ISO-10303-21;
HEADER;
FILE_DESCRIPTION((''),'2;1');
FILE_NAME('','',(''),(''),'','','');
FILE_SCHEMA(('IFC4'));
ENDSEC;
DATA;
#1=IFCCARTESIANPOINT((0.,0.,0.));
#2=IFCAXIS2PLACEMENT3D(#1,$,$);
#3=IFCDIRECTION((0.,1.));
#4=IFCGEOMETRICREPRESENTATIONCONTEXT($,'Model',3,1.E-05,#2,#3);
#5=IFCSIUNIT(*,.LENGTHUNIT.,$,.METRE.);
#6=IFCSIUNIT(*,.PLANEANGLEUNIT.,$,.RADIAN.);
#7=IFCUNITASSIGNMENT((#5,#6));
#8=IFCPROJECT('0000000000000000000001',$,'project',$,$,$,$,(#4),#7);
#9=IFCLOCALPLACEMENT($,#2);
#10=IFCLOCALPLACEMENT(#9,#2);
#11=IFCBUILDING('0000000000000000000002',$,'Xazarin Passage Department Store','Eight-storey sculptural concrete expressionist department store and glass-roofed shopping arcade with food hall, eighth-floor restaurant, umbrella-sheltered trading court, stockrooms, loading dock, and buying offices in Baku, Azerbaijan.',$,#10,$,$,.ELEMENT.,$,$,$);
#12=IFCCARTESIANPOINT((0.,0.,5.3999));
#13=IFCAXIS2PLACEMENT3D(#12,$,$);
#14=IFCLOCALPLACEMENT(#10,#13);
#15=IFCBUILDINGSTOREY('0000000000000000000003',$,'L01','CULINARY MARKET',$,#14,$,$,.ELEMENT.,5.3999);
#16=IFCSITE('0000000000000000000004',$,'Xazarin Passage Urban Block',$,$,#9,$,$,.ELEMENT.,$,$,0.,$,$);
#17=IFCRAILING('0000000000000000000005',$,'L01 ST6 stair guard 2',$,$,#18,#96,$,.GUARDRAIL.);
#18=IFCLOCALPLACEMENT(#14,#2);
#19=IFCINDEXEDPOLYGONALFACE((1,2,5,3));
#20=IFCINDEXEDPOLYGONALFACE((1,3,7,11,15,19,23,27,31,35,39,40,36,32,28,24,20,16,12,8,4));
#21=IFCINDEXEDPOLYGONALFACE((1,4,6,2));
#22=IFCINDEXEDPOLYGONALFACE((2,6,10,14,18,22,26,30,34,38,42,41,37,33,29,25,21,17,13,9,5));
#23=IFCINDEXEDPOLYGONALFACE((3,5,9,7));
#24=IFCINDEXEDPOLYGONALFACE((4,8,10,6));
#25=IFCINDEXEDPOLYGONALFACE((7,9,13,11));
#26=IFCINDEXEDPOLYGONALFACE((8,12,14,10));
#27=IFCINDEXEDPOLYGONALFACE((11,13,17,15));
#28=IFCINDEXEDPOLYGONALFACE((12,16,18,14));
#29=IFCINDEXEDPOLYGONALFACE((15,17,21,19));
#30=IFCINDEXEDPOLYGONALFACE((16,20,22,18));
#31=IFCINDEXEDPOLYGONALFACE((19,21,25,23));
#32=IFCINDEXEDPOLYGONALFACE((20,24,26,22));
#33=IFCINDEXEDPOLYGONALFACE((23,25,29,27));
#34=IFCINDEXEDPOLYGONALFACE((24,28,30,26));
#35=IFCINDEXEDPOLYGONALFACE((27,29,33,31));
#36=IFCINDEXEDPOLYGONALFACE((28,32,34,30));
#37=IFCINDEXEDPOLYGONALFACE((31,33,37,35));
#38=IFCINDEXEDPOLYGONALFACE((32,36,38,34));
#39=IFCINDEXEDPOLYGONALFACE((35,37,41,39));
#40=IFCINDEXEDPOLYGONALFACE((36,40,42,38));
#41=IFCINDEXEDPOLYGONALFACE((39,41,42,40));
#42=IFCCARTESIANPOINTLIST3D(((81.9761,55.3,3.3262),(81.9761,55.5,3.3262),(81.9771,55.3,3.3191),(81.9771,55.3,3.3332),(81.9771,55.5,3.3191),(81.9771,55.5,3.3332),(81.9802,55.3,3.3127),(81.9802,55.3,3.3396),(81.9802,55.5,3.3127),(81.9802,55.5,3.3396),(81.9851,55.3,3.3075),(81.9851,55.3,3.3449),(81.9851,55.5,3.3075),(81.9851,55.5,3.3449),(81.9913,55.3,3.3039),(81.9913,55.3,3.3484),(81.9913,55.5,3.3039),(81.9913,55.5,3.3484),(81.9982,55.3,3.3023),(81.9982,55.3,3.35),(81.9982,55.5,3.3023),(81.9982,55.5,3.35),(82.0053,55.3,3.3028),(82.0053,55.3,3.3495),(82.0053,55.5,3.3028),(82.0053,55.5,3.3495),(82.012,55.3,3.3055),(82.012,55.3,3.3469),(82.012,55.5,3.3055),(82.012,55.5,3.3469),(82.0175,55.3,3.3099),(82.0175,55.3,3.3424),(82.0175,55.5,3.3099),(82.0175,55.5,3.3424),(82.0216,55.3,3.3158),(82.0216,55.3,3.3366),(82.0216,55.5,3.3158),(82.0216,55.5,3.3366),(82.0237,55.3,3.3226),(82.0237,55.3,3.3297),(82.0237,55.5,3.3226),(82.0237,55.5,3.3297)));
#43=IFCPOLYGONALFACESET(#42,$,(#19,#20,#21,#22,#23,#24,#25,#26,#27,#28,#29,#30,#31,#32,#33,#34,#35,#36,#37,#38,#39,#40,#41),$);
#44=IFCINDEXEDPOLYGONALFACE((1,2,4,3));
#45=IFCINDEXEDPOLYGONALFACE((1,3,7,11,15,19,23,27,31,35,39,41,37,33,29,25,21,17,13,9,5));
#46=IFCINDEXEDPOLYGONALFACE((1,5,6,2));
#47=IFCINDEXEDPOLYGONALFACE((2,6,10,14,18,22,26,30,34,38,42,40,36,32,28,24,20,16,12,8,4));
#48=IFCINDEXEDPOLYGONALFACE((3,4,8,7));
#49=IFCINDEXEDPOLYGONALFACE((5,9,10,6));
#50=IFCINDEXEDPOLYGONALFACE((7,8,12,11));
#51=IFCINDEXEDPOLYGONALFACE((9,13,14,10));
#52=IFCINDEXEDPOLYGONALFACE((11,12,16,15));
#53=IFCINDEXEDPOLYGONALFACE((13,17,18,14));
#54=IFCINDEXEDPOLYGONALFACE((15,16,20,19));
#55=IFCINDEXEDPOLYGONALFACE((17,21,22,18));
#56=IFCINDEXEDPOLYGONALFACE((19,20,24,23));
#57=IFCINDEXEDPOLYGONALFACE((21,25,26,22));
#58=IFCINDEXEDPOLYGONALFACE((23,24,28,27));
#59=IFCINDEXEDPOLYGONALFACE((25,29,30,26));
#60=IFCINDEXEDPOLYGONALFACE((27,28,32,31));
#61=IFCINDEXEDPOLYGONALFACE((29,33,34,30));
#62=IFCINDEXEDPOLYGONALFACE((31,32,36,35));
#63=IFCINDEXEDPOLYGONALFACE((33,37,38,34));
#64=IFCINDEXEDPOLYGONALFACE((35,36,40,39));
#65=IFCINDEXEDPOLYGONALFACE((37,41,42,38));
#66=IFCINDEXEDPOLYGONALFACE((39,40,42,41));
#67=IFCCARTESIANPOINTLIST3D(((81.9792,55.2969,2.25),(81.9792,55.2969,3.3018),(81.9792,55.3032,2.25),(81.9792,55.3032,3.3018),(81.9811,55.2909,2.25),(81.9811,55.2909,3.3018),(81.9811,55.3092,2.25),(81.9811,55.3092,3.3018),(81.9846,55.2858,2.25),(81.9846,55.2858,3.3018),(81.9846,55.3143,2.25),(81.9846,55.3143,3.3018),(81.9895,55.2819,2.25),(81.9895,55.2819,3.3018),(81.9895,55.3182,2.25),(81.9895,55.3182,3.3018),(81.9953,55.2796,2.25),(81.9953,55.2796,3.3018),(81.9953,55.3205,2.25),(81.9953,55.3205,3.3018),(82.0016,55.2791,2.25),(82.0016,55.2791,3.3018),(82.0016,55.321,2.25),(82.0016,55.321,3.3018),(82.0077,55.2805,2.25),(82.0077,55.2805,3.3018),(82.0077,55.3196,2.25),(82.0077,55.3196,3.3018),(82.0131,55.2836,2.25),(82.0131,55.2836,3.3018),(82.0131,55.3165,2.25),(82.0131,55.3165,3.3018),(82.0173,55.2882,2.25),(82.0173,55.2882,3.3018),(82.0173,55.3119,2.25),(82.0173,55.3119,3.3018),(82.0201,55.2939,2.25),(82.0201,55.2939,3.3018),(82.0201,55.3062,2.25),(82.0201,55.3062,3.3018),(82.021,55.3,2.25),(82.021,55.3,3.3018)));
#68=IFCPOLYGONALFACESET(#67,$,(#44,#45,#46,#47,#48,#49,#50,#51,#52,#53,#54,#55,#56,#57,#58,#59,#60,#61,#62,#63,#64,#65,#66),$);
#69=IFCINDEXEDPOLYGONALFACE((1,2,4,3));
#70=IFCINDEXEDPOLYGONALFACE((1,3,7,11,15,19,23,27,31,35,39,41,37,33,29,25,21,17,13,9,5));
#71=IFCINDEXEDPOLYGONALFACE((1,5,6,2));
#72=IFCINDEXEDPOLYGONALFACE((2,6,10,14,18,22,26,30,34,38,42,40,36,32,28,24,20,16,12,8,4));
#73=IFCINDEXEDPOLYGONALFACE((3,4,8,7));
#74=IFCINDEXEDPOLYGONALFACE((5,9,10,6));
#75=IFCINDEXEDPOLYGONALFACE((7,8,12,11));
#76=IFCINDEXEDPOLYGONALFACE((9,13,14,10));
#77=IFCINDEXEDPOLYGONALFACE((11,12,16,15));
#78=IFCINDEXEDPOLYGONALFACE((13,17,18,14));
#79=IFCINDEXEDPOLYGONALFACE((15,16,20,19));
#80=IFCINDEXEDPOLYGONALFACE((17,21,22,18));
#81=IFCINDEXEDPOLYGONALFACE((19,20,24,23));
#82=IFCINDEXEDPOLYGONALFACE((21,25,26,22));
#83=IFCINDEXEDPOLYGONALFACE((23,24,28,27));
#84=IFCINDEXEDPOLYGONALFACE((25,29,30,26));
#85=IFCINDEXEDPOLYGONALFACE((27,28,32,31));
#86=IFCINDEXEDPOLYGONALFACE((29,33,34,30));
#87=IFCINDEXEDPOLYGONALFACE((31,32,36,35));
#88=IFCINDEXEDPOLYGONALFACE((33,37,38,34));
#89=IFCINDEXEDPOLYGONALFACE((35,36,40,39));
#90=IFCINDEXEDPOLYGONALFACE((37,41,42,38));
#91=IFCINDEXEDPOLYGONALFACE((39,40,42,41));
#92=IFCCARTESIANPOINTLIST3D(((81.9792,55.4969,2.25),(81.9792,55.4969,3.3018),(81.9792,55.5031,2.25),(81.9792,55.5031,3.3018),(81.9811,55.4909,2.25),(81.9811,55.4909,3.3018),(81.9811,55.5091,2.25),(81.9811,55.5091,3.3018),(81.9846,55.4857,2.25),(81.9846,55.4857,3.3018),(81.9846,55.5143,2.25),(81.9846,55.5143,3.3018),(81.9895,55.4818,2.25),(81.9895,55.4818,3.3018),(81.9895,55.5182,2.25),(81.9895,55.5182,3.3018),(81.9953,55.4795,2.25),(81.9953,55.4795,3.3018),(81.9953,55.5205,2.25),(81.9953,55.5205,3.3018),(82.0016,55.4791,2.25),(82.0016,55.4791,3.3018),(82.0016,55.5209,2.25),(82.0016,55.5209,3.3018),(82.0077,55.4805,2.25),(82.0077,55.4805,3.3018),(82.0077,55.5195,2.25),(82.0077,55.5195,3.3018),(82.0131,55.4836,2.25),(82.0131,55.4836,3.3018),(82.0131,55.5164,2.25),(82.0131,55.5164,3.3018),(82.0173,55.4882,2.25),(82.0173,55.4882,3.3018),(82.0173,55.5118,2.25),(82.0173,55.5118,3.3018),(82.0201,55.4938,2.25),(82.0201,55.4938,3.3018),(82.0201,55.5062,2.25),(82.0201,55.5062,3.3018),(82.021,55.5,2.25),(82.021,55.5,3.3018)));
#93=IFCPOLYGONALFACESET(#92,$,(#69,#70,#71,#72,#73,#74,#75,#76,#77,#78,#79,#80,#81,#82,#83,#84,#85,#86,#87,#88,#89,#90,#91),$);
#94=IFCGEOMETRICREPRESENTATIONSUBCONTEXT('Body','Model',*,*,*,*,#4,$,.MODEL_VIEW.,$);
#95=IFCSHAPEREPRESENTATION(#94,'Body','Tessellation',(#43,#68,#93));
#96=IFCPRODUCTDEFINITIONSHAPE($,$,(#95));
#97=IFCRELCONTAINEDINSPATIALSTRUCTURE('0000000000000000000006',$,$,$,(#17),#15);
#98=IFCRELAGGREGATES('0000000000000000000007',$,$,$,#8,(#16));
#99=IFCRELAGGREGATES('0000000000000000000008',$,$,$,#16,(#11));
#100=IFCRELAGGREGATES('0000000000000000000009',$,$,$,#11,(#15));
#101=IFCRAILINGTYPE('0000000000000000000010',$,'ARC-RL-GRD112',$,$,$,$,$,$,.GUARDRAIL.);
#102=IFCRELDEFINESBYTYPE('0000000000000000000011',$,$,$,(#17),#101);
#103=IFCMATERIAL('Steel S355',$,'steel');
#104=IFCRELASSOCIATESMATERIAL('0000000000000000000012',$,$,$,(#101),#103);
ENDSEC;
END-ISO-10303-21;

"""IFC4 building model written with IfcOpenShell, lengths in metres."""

from ifc_helpers import new_model, si_unit, direction, frame, origin, origin_2d, place, context, subcontext, project, spatial, circle, extrude, material, type_object, element, save


model = new_model("IFC4")

# Units and contexts
model_context = context("Model", 3, precision=1e-05, world=origin(), true_north=direction((0.0, 1.0)))
body_context = subcontext(model_context, "Body", "Model", "MODEL_VIEW")
ifc_project = project(units=[si_unit("LENGTHUNIT", "METRE"), si_unit("PLANEANGLEUNIT", "RADIAN")], contexts=[model_context])

# Site, building, storey
site_placement = place(None, origin())
site = spatial("IfcSite", under=ifc_project, at=site_placement, Name="Xazarin Passage Urban Block", CompositionType="ELEMENT", RefElevation=0.0)
building_placement = place(site_placement, origin())
building = spatial("IfcBuilding", under=site, at=building_placement, Name="Xazarin Passage Department Store", Description="Eight-storey sculptural concrete expressionist department store and glass-roofed shopping arcade with food hall, eighth-floor restaurant, umbrella-sheltered trading court, stockrooms, loading dock, and buying offices in Baku, Azerbaijan.", CompositionType="ELEMENT")
storey_placement = place(building_placement, frame((0.0, 0.0, 5.3999)))
storey = spatial("IfcBuildingStorey", under=building, at=storey_placement, Name="L01", Description="CULINARY MARKET", CompositionType="ELEMENT", Elevation=5.3999)

# Shared definitions
ifc_material_1 = material(Name="Steel S355", Category="steel")

# Railing
railing_type_1 = type_object("IfcRailingType", Name="ARC-RL-GRD112", PredefinedType="GUARDRAIL", material=ifc_material_1)
railing_1_placement = place(storey_placement, frame((82.0, 55.3, 2.25)))
element("IfcRailing", 1, at=railing_1_placement, inside=storey, type_object=railing_type_1, Name="L01 ST6 stair guard 2", PredefinedType="GUARDRAIL", context=body_context, shape_type="SweptSolid", body=[
    extrude(circle(Radius=0.0239, at=origin_2d()), frame((0.0, 0.0, 1.0762), z_axis=(0.0, 1.0, 0.0), x_axis=(-1.0, 0.0, 0.0)), (0.0, 0.0, 1.0), 0.2),
    extrude(circle(Radius=0.021, at=origin_2d()), origin(), (0.0, 0.0, 1.0), 1.0518),
    extrude(circle(Radius=0.021, at=origin_2d()), frame((0.0, 0.2, 0.0)), (0.0, 0.0, 1.0), 1.0518),
])

save(model, "model.ifc")
